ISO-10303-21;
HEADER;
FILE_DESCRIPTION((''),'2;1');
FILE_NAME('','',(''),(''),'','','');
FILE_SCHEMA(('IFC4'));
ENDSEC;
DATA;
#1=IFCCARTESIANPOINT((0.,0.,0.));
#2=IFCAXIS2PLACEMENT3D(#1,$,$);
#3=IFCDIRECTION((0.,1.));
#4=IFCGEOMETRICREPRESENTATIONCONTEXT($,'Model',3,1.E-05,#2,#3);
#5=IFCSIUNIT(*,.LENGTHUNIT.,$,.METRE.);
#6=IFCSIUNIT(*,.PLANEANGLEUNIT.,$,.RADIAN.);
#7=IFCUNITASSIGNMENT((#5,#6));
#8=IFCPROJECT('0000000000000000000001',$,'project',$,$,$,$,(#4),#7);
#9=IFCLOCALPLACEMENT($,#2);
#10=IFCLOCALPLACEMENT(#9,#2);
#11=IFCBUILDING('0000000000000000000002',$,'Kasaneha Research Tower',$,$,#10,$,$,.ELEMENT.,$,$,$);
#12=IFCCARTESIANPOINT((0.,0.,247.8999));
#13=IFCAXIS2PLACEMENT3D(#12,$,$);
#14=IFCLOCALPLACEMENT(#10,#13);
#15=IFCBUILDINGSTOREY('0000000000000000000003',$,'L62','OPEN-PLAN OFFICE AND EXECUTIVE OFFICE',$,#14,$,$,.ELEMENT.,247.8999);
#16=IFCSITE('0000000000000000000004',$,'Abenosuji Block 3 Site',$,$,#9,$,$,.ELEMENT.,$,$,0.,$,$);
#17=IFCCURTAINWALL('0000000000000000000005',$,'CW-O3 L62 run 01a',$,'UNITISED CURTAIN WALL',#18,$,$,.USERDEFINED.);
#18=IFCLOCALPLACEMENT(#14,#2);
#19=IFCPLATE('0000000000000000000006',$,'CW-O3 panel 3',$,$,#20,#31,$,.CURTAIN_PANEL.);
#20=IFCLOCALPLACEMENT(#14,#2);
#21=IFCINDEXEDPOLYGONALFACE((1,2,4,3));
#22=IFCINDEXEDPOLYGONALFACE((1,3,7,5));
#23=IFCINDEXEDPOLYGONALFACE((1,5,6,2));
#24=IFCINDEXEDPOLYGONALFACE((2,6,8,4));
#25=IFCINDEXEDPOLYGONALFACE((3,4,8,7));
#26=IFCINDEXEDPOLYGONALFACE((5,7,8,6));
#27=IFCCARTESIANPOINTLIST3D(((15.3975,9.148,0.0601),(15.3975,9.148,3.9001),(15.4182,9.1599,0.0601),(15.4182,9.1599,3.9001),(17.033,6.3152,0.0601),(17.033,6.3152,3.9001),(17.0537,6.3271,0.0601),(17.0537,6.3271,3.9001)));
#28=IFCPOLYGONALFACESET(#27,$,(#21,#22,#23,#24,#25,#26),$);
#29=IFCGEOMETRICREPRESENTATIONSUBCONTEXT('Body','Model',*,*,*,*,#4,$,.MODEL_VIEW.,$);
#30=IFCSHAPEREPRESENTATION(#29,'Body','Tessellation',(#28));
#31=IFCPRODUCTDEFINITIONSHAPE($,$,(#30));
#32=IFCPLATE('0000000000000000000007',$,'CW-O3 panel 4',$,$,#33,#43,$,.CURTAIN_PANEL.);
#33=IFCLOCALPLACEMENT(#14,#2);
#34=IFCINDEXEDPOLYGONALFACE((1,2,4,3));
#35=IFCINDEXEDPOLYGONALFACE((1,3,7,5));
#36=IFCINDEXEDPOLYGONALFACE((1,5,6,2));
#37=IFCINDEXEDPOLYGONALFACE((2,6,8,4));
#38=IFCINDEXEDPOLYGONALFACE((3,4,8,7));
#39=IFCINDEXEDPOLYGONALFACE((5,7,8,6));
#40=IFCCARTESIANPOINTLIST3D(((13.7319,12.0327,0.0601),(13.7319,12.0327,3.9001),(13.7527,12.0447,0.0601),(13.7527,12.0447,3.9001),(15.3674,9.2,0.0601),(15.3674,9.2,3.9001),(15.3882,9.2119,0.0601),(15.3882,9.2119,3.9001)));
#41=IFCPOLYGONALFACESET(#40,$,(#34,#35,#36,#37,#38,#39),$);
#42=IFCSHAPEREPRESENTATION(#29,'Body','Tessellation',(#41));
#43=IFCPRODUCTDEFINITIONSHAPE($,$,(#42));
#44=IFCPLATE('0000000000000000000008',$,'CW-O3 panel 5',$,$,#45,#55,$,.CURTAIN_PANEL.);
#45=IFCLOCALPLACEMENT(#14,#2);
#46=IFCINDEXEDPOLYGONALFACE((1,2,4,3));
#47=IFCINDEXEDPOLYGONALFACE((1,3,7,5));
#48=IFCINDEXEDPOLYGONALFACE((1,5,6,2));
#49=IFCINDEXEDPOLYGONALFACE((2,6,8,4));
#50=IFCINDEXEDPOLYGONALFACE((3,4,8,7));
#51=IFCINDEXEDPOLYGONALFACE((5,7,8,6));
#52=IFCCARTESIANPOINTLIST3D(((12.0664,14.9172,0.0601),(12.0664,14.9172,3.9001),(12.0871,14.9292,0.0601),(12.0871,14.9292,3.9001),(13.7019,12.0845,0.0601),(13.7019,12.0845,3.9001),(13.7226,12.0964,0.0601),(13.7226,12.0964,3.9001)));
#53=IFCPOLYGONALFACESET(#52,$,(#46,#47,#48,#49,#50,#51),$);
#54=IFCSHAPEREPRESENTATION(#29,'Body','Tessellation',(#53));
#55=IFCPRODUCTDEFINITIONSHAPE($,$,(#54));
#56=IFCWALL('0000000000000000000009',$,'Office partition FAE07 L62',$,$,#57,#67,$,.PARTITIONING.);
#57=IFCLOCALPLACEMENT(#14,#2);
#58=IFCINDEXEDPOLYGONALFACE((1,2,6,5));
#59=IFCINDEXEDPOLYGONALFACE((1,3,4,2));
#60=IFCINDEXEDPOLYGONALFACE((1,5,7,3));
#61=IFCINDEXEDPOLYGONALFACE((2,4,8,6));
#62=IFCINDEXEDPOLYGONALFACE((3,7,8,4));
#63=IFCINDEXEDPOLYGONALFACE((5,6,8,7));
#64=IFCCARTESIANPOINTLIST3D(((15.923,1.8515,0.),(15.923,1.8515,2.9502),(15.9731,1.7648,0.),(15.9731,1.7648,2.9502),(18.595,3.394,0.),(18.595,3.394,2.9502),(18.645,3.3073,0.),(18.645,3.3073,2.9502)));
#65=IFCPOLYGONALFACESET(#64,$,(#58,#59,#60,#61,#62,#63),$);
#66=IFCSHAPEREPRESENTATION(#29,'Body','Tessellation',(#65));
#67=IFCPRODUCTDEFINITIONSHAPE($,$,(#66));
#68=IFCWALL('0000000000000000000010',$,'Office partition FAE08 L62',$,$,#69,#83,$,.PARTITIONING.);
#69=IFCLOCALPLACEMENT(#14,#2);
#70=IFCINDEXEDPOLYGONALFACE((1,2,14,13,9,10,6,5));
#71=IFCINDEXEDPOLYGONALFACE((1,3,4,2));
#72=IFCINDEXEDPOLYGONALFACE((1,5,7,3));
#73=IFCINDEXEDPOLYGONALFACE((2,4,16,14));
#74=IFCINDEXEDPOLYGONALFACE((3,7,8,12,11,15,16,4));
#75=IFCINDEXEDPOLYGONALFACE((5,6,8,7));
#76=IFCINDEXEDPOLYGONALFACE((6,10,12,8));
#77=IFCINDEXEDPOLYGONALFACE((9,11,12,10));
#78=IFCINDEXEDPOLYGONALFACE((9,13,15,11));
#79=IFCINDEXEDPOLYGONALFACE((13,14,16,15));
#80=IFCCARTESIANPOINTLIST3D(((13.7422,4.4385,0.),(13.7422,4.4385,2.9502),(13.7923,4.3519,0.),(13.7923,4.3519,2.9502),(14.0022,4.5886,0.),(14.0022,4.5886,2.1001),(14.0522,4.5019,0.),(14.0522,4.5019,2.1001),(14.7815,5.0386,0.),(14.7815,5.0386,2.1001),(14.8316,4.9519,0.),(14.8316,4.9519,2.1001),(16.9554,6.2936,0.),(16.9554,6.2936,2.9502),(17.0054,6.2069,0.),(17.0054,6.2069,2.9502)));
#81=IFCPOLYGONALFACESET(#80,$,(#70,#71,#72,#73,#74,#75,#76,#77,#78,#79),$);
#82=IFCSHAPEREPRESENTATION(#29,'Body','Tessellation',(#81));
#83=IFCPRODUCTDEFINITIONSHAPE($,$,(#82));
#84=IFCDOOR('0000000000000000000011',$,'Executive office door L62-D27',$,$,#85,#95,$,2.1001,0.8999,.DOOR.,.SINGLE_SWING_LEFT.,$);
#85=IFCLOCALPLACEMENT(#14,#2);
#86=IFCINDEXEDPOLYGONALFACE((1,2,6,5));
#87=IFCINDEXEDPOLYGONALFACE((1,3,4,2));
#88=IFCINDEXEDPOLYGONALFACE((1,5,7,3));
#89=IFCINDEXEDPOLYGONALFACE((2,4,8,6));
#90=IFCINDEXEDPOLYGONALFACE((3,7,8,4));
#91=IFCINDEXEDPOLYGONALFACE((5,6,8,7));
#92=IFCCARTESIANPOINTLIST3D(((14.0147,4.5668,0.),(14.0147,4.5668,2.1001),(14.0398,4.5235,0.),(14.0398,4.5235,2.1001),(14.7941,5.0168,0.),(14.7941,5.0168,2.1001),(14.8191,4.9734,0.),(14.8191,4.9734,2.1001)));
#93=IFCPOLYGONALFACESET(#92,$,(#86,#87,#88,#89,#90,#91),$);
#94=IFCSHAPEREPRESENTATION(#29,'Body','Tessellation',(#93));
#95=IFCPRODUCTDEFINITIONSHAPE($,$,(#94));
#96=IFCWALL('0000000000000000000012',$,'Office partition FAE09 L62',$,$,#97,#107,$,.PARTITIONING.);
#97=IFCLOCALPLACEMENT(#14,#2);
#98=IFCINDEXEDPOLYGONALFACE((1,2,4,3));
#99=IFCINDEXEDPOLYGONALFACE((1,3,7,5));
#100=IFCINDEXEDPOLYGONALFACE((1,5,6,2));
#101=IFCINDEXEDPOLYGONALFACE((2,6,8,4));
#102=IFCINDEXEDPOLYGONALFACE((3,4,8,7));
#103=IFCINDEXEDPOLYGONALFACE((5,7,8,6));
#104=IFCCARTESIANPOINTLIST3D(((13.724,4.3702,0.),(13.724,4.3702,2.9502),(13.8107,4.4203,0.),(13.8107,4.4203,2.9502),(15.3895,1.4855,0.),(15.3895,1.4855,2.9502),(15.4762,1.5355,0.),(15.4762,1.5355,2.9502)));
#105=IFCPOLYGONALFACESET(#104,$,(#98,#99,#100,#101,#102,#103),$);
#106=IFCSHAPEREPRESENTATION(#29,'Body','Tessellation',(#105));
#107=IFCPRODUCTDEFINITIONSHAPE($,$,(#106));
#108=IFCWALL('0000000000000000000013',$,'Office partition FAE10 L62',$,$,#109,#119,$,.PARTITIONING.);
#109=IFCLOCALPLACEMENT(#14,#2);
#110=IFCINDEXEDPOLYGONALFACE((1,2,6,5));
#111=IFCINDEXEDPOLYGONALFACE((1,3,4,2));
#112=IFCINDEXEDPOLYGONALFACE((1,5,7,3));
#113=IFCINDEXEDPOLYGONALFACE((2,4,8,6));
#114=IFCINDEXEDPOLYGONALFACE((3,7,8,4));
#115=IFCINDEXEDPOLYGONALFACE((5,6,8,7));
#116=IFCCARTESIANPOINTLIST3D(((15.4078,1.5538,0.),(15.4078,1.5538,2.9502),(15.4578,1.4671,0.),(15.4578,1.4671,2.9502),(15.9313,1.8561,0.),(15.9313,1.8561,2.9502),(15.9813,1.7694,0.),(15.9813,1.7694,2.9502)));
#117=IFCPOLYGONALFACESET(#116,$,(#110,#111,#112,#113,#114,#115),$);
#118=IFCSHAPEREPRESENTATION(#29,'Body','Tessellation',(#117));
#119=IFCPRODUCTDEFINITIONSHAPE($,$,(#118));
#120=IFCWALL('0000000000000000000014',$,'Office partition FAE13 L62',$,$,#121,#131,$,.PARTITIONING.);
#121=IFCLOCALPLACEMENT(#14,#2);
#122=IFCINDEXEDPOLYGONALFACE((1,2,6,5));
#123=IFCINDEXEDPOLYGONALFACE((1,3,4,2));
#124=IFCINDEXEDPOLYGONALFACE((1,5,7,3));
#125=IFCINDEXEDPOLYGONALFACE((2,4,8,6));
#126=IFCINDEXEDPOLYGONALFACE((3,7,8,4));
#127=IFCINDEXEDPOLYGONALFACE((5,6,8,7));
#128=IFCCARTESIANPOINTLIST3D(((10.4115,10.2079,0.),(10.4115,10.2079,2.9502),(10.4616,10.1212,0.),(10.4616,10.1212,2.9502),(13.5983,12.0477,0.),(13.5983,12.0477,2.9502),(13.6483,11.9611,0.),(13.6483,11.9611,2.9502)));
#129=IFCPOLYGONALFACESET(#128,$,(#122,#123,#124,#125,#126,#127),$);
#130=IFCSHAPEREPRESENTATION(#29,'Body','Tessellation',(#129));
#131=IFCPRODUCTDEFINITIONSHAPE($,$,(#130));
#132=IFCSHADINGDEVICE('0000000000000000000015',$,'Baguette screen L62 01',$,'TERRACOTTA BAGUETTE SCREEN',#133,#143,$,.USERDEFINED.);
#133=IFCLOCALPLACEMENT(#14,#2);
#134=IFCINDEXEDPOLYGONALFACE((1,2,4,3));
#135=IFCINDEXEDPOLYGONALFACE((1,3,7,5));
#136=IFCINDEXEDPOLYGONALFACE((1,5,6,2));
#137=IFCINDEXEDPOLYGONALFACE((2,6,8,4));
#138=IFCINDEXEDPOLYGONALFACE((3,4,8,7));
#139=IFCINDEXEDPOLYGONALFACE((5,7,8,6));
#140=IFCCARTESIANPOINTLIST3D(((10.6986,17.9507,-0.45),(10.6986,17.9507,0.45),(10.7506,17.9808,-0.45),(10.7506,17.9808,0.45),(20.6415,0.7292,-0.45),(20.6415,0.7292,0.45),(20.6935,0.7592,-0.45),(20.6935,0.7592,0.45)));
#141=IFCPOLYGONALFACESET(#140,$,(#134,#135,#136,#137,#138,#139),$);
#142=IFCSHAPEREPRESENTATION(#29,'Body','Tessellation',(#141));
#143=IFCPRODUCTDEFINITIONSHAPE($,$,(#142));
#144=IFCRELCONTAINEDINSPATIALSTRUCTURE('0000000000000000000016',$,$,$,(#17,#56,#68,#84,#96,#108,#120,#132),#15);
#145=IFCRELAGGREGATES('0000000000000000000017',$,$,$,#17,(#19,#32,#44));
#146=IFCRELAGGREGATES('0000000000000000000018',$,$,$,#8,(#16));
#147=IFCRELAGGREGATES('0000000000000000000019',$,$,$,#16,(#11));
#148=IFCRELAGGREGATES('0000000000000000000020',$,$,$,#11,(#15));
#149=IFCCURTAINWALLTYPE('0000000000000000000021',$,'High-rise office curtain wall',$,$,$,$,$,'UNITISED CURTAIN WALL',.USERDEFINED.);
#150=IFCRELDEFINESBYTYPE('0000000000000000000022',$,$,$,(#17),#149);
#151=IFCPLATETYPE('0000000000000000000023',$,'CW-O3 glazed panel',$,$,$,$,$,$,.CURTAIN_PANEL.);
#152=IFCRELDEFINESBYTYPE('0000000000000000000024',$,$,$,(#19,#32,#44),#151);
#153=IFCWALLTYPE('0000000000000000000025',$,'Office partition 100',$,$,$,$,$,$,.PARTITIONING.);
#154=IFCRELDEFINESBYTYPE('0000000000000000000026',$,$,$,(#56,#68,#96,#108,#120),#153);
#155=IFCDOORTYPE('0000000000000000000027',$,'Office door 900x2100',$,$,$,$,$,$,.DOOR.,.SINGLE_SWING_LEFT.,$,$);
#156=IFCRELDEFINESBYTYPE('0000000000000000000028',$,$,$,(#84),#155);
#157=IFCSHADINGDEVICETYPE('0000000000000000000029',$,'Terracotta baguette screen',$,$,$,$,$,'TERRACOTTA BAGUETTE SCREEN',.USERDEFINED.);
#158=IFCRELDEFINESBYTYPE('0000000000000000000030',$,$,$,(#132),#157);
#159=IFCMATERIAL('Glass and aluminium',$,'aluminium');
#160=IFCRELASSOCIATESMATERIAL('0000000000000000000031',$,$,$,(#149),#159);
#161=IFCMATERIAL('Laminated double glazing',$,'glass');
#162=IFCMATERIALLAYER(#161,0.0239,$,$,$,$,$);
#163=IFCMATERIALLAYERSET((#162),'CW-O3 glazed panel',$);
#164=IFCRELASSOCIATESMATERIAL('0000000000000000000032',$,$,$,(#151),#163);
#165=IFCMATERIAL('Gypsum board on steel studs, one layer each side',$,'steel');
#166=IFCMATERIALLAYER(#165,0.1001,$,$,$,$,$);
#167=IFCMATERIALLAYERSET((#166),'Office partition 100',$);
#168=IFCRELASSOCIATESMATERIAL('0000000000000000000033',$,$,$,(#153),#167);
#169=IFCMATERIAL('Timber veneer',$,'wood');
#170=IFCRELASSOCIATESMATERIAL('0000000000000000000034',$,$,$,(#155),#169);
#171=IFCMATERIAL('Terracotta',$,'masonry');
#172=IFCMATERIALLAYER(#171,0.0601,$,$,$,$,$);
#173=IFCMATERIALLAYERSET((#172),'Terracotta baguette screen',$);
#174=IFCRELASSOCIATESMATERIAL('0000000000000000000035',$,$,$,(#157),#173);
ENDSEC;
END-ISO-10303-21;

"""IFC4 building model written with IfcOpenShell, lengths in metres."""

from ifc_helpers import new_model, si_unit, direction, frame, frame_2d, origin, origin_2d, place, context, subcontext, project, spatial, rectangle, extrude, material, layer, layer_set, type_object, element, fill, aggregate, save


model = new_model("IFC4")

# Units and contexts
model_context = context("Model", 3, precision=1e-05, world=origin(), true_north=direction((0.0, 1.0)))
body_context = subcontext(model_context, "Body", "Model", "MODEL_VIEW")
ifc_project = project(units=[si_unit("LENGTHUNIT", "METRE"), si_unit("PLANEANGLEUNIT", "RADIAN")], contexts=[model_context])

# Site, building, storey
site_placement = place(None, origin())
site = spatial("IfcSite", under=ifc_project, at=site_placement, Name="Abenosuji Block 3 Site", CompositionType="ELEMENT", RefElevation=0.0)
building_placement = place(site_placement, origin())
building = spatial("IfcBuilding", under=site, at=building_placement, Name="Kasaneha Research Tower", CompositionType="ELEMENT")
storey_placement = place(building_placement, frame((0.0, 0.0, 247.8999)))
storey = spatial("IfcBuildingStorey", under=building, at=storey_placement, Name="L62", Description="OPEN-PLAN OFFICE AND EXECUTIVE OFFICE", CompositionType="ELEMENT", Elevation=247.8999)

# Curtain wall, plates
ifc_material_1 = material(Name="Glass and aluminium", Category="aluminium")
curtain_wall_type = type_object("IfcCurtainWallType", Name="High-rise office curtain wall", ElementType="UNITISED CURTAIN WALL", PredefinedType="USERDEFINED", material=ifc_material_1)
curtain_wall_placement = place(storey_placement, origin())
curtain_wall = element("IfcCurtainWall", 1, at=curtain_wall_placement, inside=storey, type_object=curtain_wall_type, Name="CW-O3 L62 run 01a", ObjectType="UNITISED CURTAIN WALL", PredefinedType="USERDEFINED")
ifc_material_2 = material(Name="Laminated double glazing", Category="glass")
ifc_layer_1 = layer(ifc_material_2, 0.0239)
ifc_layer_set_1 = layer_set([ifc_layer_1], Name="CW-O3 glazed panel")
plate_type = type_object("IfcPlateType", Name="CW-O3 glazed panel", PredefinedType="CURTAIN_PANEL", material=ifc_layer_set_1)
plate_1_placement = place(storey_placement, frame((16.2256, 7.7375, 0.0601), z_axis=(0.0, 0.0, 1.0), x_axis=(-0.5, 0.866025, 0.0)))
plate_1 = element("IfcPlate", 2, at=plate_1_placement, type_object=plate_type, Name="CW-O3 panel 3", PredefinedType="CURTAIN_PANEL", context=body_context, shape_type="SweptSolid", body=[
    extrude(rectangle(XDim=3.271, YDim=0.0239, at=origin_2d()), origin(), (0.0, 0.0, 1.0), 3.8401),
])
plate_2_placement = place(storey_placement, frame((14.5601, 10.6223, 0.0601), z_axis=(0.0, 0.0, 1.0), x_axis=(-0.5, 0.866025, 0.0)))
plate_2 = element("IfcPlate", 3, at=plate_2_placement, type_object=plate_type, Name="CW-O3 panel 4", PredefinedType="CURTAIN_PANEL", context=body_context, shape_type="SweptSolid", body=[
    extrude(rectangle(XDim=3.271, YDim=0.0239, at=origin_2d()), origin(), (0.0, 0.0, 1.0), 3.8401),
])
plate_3_placement = place(storey_placement, frame((12.8945, 13.5068, 0.0601), z_axis=(0.0, 0.0, 1.0), x_axis=(-0.5, 0.866025, 0.0)))
plate_3 = element("IfcPlate", 4, at=plate_3_placement, type_object=plate_type, Name="CW-O3 panel 5", PredefinedType="CURTAIN_PANEL", context=body_context, shape_type="SweptSolid", body=[
    extrude(rectangle(XDim=3.271, YDim=0.0239, at=origin_2d()), origin(), (0.0, 0.0, 1.0), 3.8401),
])
aggregate(curtain_wall, [plate_1, plate_2, plate_3])

# Wall
ifc_material_3 = material(Name="Gypsum board on steel studs, one layer each side", Category="steel")
ifc_layer_2 = layer(ifc_material_3, 0.1001)
ifc_layer_set_2 = layer_set([ifc_layer_2], Name="Office partition 100")
wall_type = type_object("IfcWallType", Name="Office partition 100", PredefinedType="PARTITIONING", material=ifc_layer_set_2)
wall_1_placement = place(storey_placement, frame((18.6199, 3.3506, 0.0), z_axis=(0.0, 0.0, 1.0), x_axis=(-0.866043, -0.499969, 0.0)))
element("IfcWall", 5, at=wall_1_placement, inside=storey, type_object=wall_type, Name="Office partition FAE07 L62", PredefinedType="PARTITIONING", context=body_context, shape_type="SweptSolid", body=[
    extrude(rectangle(XDim=3.0852, YDim=0.1001, at=frame_2d((1.5425, 0.0))), origin(), (0.0, 0.0, 1.0), 2.9502),
])

# Wall, opening, door
wall_2_placement = place(storey_placement, frame((13.7673, 4.3953, 0.0), z_axis=(0.0, 0.0, 1.0), x_axis=(0.86604, 0.499975, 0.0)))
wall_2 = element("IfcWall", 6, at=wall_2_placement, inside=storey, type_object=wall_type, Name="Office partition FAE08 L62", PredefinedType="PARTITIONING", context=body_context, shape_type="SweptSolid", body=[
    extrude(rectangle(XDim=3.7102, YDim=0.1001, at=frame_2d((1.855, 0.0))), origin(), (0.0, 0.0, 1.0), 2.9502),
])
opening_placement = place(wall_2_placement, frame((0.3, 0.0, 0.0)))
opening = element("IfcOpeningElement", 7, at=opening_placement, cuts=wall_2, PredefinedType="OPENING", context=body_context, shape_type="SweptSolid", body=[
    extrude(rectangle(XDim=0.8999, YDim=2.1001, at=frame_2d((0.45, 1.05))), frame((0.0, 0.0601, 0.0), z_axis=(0.0, -1.0, 0.0), x_axis=(1.0, 0.0, 0.0)), (0.0, 0.0, 1.0), 0.1201),
])
ifc_material_4 = material(Name="Timber veneer", Category="wood")
door_type = type_object("IfcDoorType", Name="Office door 900x2100", OperationType="SINGLE_SWING_LEFT", PredefinedType="DOOR", material=ifc_material_4)
door_placement = place(opening_placement, origin())
door = element("IfcDoor", 8, at=door_placement, inside=storey, type_object=door_type, Name="Executive office door L62-D27", OperationType="SINGLE_SWING_LEFT", OverallHeight=2.1001, OverallWidth=0.8999, PredefinedType="DOOR", context=body_context, shape_type="SweptSolid", body=[
    extrude(rectangle(XDim=0.8999, YDim=2.1001, at=frame_2d((0.45, 1.05))), frame((0.0, 0.0249, 0.0), z_axis=(0.0, -1.0, 0.0), x_axis=(1.0, 0.0, 0.0)), (0.0, 0.0, 1.0), 0.05),
])
fill(opening, door)

# Walls
wall_3_placement = place(storey_placement, frame((15.4329, 1.5105, 0.0), z_axis=(0.0, 0.0, 1.0), x_axis=(-0.500002, 0.866024, 0.0)))
element("IfcWall", 9, at=wall_3_placement, inside=storey, type_object=wall_type, Name="Office partition FAE09 L62", PredefinedType="PARTITIONING", context=body_context, shape_type="SweptSolid", body=[
    extrude(rectangle(XDim=3.3311, YDim=0.1001, at=frame_2d((1.6655, 0.0))), origin(), (0.0, 0.0, 1.0), 2.9502),
])
wall_4_placement = place(storey_placement, frame((15.9563, 1.8127, 0.0), z_axis=(0.0, 0.0, 1.0), x_axis=(-0.865997, -0.500049, 0.0)))
element("IfcWall", 10, at=wall_4_placement, inside=storey, type_object=wall_type, Name="Office partition FAE10 L62", PredefinedType="PARTITIONING", context=body_context, shape_type="SweptSolid", body=[
    extrude(rectangle(XDim=0.6045, YDim=0.1001, at=frame_2d((0.3022, 0.0))), origin(), (0.0, 0.0, 1.0), 2.9502),
])
wall_5_placement = place(storey_placement, frame((13.6233, 12.0044, 0.0), z_axis=(0.0, 0.0, 1.0), x_axis=(-0.86603, -0.499992, 0.0)))
element("IfcWall", 11, at=wall_5_placement, inside=storey, type_object=wall_type, Name="Office partition FAE13 L62", PredefinedType="PARTITIONING", context=body_context, shape_type="SweptSolid", body=[
    extrude(rectangle(XDim=3.6797, YDim=0.1001, at=frame_2d((1.8398, 0.0))), origin(), (0.0, 0.0, 1.0), 2.9502),
])

# Shading device
ifc_material_5 = material(Name="Terracotta", Category="masonry")
ifc_layer_3 = layer(ifc_material_5, 0.0601)
ifc_layer_set_3 = layer_set([ifc_layer_3], Name="Terracotta baguette screen")
shading_device_type = type_object("IfcShadingDeviceType", Name="Terracotta baguette screen", ElementType="TERRACOTTA BAGUETTE SCREEN", PredefinedType="USERDEFINED", material=ifc_layer_set_3)
shading_device_placement = place(storey_placement, frame((15.696, 9.355, -0.45), z_axis=(0.0, 0.0, 1.0), x_axis=(-0.5, 0.866025, 0.0)))
element("IfcShadingDevice", 12, at=shading_device_placement, inside=storey, type_object=shading_device_type, Name="Baguette screen L62 01", ObjectType="TERRACOTTA BAGUETTE SCREEN", PredefinedType="USERDEFINED", context=body_context, shape_type="SweptSolid", body=[
    extrude(rectangle(XDim=19.8857, YDim=0.0601, at=origin_2d()), origin(), (0.0, 0.0, 1.0), 0.8999),
])

save(model, "model.ifc")
